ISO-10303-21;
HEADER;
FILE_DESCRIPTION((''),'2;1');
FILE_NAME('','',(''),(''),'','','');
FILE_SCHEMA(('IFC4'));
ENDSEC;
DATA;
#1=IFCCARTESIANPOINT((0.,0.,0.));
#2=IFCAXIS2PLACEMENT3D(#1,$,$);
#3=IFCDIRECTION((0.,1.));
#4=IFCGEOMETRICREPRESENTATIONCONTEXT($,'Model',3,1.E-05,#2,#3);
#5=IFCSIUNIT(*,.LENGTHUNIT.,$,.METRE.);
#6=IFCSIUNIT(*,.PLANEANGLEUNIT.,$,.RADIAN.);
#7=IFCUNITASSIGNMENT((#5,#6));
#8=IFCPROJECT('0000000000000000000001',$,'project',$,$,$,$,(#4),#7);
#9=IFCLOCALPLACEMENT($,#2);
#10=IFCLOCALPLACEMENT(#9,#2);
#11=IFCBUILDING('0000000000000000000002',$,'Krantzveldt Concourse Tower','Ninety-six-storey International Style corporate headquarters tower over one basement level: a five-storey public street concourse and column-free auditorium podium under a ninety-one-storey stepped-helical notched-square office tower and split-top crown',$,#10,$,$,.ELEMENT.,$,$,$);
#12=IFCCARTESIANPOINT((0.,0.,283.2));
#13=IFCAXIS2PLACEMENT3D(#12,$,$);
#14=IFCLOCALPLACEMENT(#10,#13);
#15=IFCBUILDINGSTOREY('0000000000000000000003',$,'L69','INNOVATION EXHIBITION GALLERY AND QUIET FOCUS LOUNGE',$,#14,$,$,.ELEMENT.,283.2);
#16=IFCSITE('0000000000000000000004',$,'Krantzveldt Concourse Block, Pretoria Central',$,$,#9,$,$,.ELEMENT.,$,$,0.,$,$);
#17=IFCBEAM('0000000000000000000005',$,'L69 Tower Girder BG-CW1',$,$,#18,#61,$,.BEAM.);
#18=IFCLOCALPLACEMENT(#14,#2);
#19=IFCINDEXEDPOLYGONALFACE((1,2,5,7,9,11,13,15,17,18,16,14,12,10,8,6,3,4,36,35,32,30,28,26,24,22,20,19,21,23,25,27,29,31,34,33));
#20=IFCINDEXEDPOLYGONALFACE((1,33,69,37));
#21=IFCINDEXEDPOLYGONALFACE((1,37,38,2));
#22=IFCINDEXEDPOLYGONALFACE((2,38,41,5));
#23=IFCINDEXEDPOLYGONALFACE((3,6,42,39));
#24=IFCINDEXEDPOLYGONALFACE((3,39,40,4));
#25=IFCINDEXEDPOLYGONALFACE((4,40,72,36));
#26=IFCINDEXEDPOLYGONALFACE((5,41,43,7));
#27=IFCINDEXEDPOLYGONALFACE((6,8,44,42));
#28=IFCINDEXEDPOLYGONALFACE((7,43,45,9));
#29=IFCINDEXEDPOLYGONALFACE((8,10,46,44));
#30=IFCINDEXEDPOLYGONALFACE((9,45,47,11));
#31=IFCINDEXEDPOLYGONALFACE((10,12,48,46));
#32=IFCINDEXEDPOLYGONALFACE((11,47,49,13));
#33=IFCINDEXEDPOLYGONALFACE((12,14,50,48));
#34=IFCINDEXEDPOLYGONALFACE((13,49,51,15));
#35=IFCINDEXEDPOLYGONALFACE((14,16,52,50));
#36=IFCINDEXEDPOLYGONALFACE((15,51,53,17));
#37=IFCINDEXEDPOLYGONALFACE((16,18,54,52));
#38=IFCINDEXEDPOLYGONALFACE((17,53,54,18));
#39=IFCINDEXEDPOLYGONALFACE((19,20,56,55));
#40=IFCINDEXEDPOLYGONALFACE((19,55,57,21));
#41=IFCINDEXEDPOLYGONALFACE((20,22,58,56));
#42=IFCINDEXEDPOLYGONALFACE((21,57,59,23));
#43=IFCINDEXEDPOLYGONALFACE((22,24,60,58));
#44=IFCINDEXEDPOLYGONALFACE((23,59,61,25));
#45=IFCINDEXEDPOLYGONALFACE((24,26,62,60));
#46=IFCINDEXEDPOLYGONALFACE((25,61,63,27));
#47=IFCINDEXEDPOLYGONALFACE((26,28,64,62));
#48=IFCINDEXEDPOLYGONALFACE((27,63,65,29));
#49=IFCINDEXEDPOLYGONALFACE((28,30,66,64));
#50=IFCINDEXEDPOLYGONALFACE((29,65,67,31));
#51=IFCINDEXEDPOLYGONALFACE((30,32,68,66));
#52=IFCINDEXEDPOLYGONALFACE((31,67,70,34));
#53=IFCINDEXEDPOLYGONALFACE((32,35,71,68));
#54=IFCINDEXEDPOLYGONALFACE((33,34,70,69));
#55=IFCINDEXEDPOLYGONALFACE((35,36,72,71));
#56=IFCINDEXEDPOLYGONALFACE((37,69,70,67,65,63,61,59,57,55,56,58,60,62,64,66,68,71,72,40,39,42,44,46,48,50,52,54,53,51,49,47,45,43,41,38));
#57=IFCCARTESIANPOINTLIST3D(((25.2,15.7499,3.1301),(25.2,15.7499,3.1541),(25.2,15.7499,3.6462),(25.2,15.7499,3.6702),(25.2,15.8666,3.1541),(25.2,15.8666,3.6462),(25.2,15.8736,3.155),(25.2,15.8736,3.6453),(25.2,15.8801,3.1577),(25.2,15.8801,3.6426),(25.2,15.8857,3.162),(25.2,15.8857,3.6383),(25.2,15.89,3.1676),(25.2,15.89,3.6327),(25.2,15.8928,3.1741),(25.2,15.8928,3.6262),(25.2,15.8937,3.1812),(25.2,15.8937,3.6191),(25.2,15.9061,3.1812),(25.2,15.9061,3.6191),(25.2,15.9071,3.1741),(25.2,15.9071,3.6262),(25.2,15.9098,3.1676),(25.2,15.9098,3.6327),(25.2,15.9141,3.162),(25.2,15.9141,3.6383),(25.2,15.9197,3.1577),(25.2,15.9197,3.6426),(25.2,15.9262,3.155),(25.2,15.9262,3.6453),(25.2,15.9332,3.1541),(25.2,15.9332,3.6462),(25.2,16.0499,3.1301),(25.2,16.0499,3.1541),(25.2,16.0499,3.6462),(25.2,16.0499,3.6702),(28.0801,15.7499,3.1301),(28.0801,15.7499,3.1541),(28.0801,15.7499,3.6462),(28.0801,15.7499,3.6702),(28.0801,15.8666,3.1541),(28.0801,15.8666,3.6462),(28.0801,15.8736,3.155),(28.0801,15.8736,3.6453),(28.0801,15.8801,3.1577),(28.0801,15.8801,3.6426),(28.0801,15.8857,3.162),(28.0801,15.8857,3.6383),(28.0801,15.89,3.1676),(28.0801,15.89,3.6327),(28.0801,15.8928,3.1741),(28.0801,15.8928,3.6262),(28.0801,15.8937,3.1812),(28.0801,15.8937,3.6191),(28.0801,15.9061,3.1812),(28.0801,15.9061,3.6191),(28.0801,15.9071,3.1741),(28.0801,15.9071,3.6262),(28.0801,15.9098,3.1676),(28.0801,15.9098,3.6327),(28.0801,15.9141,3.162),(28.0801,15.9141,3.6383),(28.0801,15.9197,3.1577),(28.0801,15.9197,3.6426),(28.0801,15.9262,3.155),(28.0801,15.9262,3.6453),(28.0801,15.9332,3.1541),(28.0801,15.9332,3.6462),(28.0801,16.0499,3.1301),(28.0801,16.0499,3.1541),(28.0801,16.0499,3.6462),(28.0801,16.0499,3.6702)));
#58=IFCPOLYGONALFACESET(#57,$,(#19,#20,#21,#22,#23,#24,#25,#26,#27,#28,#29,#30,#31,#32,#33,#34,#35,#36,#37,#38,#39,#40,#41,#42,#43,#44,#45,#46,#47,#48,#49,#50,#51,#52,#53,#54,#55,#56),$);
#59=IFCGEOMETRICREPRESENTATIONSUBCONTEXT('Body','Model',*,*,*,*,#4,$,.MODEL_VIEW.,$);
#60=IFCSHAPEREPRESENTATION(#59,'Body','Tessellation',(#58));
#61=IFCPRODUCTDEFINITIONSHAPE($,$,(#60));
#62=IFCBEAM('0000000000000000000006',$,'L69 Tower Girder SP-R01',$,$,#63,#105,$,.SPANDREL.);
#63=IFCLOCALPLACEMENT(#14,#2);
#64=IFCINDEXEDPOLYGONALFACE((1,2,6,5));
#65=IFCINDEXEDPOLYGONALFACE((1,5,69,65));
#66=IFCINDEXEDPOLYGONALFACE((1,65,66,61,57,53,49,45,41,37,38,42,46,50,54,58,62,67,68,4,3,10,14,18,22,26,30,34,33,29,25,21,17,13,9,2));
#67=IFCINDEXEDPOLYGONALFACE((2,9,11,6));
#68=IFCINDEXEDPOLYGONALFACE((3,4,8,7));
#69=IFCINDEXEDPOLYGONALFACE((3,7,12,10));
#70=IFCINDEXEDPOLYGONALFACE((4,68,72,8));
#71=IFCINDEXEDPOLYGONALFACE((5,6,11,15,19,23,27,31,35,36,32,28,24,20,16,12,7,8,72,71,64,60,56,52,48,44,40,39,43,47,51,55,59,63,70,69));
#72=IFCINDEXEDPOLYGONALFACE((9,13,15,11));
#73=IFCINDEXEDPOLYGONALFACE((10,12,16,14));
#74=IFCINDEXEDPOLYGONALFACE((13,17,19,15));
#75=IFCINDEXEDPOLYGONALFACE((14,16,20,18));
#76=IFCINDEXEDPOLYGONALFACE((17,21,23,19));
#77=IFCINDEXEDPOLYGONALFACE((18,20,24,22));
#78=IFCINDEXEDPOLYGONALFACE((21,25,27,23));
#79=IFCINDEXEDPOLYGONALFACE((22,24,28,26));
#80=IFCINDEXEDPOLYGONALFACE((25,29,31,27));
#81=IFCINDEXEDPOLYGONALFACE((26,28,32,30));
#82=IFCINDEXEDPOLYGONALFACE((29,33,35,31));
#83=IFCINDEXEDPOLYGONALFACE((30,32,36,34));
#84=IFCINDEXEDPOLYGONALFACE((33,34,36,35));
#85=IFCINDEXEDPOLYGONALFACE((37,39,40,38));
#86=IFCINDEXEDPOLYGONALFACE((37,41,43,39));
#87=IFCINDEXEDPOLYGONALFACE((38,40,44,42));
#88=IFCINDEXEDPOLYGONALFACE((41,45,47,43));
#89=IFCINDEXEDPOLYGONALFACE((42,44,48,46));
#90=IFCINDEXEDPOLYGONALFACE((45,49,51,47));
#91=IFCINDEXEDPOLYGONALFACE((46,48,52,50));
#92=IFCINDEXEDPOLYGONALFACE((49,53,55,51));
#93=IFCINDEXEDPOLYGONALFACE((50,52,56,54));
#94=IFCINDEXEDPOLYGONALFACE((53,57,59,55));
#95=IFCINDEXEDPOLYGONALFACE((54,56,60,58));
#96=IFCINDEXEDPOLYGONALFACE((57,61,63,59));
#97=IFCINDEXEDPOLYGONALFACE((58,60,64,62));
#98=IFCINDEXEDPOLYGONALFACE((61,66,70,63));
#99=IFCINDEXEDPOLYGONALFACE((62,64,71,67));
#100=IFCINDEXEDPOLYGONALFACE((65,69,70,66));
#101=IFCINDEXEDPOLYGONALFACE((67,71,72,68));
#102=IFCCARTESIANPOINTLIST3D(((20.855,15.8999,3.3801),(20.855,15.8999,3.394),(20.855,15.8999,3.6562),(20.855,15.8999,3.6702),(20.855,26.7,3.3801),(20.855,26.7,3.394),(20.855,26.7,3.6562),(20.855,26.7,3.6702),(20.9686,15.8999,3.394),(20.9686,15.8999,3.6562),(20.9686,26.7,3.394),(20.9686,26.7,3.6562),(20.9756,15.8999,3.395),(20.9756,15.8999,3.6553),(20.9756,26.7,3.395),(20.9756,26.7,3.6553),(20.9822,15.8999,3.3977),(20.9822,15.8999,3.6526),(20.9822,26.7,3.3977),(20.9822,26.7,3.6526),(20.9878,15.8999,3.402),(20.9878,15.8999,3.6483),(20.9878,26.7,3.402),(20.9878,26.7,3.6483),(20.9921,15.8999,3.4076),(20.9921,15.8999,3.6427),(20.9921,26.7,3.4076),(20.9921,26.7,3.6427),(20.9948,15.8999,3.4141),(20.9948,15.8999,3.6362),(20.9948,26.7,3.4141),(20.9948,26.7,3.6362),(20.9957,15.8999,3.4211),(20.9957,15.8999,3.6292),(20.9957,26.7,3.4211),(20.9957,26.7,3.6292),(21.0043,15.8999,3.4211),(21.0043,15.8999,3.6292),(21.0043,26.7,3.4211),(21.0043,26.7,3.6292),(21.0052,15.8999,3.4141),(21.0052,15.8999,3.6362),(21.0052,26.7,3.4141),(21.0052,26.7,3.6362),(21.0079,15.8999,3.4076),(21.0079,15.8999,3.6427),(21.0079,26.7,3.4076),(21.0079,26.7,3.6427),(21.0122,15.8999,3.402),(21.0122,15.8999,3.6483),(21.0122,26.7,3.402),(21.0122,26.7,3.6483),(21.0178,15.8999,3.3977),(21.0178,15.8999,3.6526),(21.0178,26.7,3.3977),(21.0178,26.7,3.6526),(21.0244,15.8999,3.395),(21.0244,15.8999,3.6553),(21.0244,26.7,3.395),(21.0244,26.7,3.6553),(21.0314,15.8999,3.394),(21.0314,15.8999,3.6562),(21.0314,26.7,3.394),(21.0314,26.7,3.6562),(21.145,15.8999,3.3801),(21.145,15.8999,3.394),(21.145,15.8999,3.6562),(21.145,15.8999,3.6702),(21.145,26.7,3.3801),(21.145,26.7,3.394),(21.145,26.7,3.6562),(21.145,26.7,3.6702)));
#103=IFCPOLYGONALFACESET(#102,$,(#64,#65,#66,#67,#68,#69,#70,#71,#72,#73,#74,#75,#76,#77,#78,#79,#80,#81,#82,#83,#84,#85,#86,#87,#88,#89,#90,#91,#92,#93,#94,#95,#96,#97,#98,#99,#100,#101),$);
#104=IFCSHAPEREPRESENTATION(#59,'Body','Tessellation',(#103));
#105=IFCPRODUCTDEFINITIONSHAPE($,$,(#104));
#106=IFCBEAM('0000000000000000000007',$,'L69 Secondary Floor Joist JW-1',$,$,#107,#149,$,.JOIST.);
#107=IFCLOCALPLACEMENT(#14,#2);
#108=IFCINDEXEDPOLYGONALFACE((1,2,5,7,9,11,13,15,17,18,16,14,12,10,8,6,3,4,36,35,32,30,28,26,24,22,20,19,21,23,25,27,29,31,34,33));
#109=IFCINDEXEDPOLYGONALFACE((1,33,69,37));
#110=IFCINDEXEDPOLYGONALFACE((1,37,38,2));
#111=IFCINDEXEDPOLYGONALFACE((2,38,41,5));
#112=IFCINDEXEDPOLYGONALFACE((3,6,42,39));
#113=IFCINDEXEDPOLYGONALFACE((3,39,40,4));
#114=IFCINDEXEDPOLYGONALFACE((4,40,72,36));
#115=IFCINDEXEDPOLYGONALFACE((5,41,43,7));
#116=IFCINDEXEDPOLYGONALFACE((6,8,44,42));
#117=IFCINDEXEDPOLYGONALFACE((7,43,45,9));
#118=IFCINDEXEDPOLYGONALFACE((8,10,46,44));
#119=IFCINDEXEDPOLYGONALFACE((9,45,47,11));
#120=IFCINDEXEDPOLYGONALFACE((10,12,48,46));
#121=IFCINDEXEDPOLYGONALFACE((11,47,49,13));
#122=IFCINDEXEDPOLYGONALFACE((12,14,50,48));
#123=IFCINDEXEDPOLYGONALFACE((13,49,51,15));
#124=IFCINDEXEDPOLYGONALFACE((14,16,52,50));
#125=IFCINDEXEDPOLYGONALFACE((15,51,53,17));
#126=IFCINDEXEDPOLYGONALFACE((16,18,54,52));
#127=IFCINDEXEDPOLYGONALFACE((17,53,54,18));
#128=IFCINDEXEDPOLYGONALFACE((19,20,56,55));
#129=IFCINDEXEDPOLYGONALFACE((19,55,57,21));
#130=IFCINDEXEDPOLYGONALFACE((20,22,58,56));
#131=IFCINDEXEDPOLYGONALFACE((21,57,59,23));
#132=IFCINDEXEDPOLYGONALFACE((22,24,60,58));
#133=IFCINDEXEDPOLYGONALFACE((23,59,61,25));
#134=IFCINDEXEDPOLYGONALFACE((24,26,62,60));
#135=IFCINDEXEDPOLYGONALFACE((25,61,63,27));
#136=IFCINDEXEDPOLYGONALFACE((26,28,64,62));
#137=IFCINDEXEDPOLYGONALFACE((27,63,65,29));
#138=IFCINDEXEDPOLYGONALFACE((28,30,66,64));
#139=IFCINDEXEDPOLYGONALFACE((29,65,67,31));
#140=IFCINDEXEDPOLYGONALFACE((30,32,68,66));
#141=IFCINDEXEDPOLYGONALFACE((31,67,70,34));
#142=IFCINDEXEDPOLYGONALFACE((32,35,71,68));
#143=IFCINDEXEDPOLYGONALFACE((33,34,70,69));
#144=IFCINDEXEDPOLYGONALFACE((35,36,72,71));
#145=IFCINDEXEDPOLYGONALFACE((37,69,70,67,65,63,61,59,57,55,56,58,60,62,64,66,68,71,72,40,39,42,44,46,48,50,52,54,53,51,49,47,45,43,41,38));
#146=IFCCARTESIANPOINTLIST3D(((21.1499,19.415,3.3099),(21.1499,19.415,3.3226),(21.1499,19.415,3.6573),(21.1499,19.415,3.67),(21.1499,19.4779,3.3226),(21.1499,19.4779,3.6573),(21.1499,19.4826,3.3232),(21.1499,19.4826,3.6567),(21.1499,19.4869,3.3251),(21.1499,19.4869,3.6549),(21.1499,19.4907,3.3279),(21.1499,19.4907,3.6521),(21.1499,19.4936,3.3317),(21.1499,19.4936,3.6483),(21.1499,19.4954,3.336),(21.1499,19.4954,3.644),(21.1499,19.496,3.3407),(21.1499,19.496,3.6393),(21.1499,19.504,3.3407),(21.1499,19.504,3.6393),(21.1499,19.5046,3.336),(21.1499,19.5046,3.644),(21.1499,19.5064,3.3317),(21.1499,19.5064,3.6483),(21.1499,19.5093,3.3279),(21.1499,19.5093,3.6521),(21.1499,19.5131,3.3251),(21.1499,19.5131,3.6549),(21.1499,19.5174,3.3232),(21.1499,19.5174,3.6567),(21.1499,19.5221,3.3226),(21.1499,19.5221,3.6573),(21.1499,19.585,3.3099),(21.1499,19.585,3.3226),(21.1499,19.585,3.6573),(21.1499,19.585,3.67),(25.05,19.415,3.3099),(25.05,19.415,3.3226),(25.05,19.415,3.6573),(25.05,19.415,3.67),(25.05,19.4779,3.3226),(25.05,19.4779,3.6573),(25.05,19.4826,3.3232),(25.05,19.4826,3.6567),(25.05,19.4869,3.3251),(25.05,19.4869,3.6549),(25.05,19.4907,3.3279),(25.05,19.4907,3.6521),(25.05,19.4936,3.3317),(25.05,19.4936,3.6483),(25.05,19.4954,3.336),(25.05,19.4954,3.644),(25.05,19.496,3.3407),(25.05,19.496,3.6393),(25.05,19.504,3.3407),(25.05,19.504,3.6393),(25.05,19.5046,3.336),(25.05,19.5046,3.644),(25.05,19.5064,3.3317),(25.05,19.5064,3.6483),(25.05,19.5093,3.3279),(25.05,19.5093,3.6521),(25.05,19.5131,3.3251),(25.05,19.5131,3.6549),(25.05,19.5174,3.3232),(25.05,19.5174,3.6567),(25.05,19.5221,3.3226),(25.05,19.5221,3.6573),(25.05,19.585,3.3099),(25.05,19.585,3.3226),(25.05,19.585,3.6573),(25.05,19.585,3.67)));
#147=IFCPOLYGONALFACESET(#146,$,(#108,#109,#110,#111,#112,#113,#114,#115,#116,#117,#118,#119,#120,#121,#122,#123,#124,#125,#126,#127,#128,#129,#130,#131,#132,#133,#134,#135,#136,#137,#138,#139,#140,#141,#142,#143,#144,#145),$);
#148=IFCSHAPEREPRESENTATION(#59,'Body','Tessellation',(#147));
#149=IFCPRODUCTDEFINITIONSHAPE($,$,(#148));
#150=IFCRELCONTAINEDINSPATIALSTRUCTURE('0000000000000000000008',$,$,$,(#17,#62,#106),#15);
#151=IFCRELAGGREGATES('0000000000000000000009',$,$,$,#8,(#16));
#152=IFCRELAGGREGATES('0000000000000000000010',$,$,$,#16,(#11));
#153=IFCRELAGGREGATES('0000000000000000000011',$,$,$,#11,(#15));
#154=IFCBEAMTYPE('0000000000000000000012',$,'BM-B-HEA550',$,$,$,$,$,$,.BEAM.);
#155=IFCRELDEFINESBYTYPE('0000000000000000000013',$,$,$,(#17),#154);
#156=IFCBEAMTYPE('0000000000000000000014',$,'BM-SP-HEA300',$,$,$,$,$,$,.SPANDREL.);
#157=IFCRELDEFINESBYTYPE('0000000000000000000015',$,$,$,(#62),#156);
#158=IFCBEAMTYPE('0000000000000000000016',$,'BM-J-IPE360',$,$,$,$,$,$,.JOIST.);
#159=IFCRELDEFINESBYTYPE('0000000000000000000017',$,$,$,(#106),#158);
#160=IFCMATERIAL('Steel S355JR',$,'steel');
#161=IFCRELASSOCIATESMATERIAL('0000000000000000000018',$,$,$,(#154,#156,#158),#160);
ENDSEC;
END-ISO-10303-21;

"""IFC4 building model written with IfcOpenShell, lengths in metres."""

from ifc_helpers import new_model, si_unit, direction, frame, origin, origin_2d, place, context, subcontext, project, spatial, i_section, extrude, source, transform, mapped, material, material_profile, profile_set, type_object, type_shapes, element, save


model = new_model("IFC4")

# Units and contexts
model_context = context("Model", 3, precision=1e-05, world=origin(), true_north=direction((0.0, 1.0)))
body_context = subcontext(model_context, "Body", "Model", "MODEL_VIEW")
ifc_project = project(units=[si_unit("LENGTHUNIT", "METRE"), si_unit("PLANEANGLEUNIT", "RADIAN")], contexts=[model_context])

# Site, building, storey
site_placement = place(None, origin())
site = spatial("IfcSite", under=ifc_project, at=site_placement, Name="Krantzveldt Concourse Block, Pretoria Central", CompositionType="ELEMENT", RefElevation=0.0)
building_placement = place(site_placement, origin())
building = spatial("IfcBuilding", under=site, at=building_placement, Name="Krantzveldt Concourse Tower", Description="Ninety-six-storey International Style corporate headquarters tower over one basement level: a five-storey public street concourse and column-free auditorium podium under a ninety-one-storey stepped-helical notched-square office tower and split-top crown", CompositionType="ELEMENT")
storey_placement = place(building_placement, frame((0.0, 0.0, 283.2)))
storey = spatial("IfcBuildingStorey", under=building, at=storey_placement, Name="L69", Description="INNOVATION EXHIBITION GALLERY AND QUIET FOCUS LOUNGE", CompositionType="ELEMENT", Elevation=283.2)

# Beams
ifc_material_1 = material(Name="Steel S355JR", Category="steel")
ifc_material_profile_1 = material_profile(ifc_material_1, i_section(OverallWidth=0.3, OverallDepth=0.54, WebThickness=0.0125, FlangeThickness=0.0239, FilletRadius=0.0271, at=origin_2d()), Name="Steel S355JR", Category="steel")
ifc_profile_set_1 = profile_set([ifc_material_profile_1], Name="Steel S355JR - HEA 550")
beam_type_1 = type_object("IfcBeamType", Name="BM-B-HEA550", PredefinedType="BEAM", material=ifc_profile_set_1)
shared_shape_1 = source(origin(), body_context, "Body", "SweptSolid", [
    extrude(i_section(OverallWidth=0.3, OverallDepth=0.54, WebThickness=0.0125, FlangeThickness=0.0239, FilletRadius=0.0271, at=origin_2d()), origin(), (0.0, 0.0, 1.0), 2.8801),
])
beam_1_placement = place(storey_placement, frame((25.2, 15.8999, 3.4001), z_axis=(1.0, 0.0, 0.0), x_axis=(0.0, 1.0, 0.0)))
element("IfcBeam", 1, at=beam_1_placement, inside=storey, type_object=beam_type_1, Name="L69 Tower Girder BG-CW1", PredefinedType="BEAM", context=body_context, shape_type="MappedRepresentation", body=[
    mapped(shared_shape_1, transform((0.0, 0.0, 0.0), x_axis=(1.0, 0.0, 0.0), y_axis=(0.0, 1.0, 0.0), z_axis=(0.0, 0.0, 1.0), scale=1.0)),
])
ifc_material_profile_2 = material_profile(ifc_material_1, i_section(OverallWidth=0.29, OverallDepth=0.29, WebThickness=0.0085, FlangeThickness=0.0139, FilletRadius=0.0271, at=origin_2d()), Name="Steel S355JR", Category="steel")
ifc_profile_set_2 = profile_set([ifc_material_profile_2], Name="Steel S355JR - HEA 300")
beam_type_2 = type_object("IfcBeamType", Name="BM-SP-HEA300", PredefinedType="SPANDREL", material=ifc_profile_set_2)
shared_shape_2 = source(origin(), body_context, "Body", "SweptSolid", [
    extrude(i_section(OverallWidth=0.29, OverallDepth=0.29, WebThickness=0.0085, FlangeThickness=0.0139, FilletRadius=0.0271, at=origin_2d()), origin(), (0.0, 0.0, 1.0), 10.8),
])
type_shapes(beam_type_2, [shared_shape_2])
beam_2_placement = place(storey_placement, frame((21.0, 15.8999, 3.5251), z_axis=(0.0, 1.0, 0.0), x_axis=(-1.0, 0.0, 0.0)))
element("IfcBeam", 2, at=beam_2_placement, inside=storey, type_object=beam_type_2, Name="L69 Tower Girder SP-R01", PredefinedType="SPANDREL", context=body_context, shape_type="MappedRepresentation", body=[
    mapped(shared_shape_2, transform((0.0, 0.0, 0.0), x_axis=(1.0, 0.0, 0.0), y_axis=(0.0, 1.0, 0.0), z_axis=(0.0, 0.0, 1.0), scale=1.0)),
])
ifc_material_profile_3 = material_profile(ifc_material_1, i_section(OverallWidth=0.1699, OverallDepth=0.3601, WebThickness=0.0081, FlangeThickness=0.0127, FilletRadius=0.0181, at=origin_2d()), Name="Steel S355JR", Category="steel")
ifc_profile_set_3 = profile_set([ifc_material_profile_3], Name="Steel S355JR - IPE 360")
beam_type_3 = type_object("IfcBeamType", Name="BM-J-IPE360", PredefinedType="JOIST", material=ifc_profile_set_3)
shared_shape_3 = source(origin(), body_context, "Body", "SweptSolid", [
    extrude(i_section(OverallWidth=0.1699, OverallDepth=0.3601, WebThickness=0.0081, FlangeThickness=0.0127, FilletRadius=0.0181, at=origin_2d()), origin(), (0.0, 0.0, 1.0), 3.9001),
])
type_shapes(beam_type_3, [shared_shape_3])
for number, where, z_axis, x_axis, name in (
    (3, (21.1499, 19.5, 3.49), (1.0, 0.0, 0.0), (0.0, 1.0, 0.0), "L69 Secondary Floor Joist JW-1"),
):
    element("IfcBeam", number, at=place(storey_placement, frame(where, z_axis=z_axis, x_axis=x_axis)), inside=storey, type_object=beam_type_3, Name=name, PredefinedType="JOIST", context=body_context, shape_type="MappedRepresentation", body=[
        mapped(shared_shape_3, transform((0.0, 0.0, 0.0), x_axis=(1.0, 0.0, 0.0), y_axis=(0.0, 1.0, 0.0), z_axis=(0.0, 0.0, 1.0), scale=1.0)),
    ])

save(model, "model.ifc")
